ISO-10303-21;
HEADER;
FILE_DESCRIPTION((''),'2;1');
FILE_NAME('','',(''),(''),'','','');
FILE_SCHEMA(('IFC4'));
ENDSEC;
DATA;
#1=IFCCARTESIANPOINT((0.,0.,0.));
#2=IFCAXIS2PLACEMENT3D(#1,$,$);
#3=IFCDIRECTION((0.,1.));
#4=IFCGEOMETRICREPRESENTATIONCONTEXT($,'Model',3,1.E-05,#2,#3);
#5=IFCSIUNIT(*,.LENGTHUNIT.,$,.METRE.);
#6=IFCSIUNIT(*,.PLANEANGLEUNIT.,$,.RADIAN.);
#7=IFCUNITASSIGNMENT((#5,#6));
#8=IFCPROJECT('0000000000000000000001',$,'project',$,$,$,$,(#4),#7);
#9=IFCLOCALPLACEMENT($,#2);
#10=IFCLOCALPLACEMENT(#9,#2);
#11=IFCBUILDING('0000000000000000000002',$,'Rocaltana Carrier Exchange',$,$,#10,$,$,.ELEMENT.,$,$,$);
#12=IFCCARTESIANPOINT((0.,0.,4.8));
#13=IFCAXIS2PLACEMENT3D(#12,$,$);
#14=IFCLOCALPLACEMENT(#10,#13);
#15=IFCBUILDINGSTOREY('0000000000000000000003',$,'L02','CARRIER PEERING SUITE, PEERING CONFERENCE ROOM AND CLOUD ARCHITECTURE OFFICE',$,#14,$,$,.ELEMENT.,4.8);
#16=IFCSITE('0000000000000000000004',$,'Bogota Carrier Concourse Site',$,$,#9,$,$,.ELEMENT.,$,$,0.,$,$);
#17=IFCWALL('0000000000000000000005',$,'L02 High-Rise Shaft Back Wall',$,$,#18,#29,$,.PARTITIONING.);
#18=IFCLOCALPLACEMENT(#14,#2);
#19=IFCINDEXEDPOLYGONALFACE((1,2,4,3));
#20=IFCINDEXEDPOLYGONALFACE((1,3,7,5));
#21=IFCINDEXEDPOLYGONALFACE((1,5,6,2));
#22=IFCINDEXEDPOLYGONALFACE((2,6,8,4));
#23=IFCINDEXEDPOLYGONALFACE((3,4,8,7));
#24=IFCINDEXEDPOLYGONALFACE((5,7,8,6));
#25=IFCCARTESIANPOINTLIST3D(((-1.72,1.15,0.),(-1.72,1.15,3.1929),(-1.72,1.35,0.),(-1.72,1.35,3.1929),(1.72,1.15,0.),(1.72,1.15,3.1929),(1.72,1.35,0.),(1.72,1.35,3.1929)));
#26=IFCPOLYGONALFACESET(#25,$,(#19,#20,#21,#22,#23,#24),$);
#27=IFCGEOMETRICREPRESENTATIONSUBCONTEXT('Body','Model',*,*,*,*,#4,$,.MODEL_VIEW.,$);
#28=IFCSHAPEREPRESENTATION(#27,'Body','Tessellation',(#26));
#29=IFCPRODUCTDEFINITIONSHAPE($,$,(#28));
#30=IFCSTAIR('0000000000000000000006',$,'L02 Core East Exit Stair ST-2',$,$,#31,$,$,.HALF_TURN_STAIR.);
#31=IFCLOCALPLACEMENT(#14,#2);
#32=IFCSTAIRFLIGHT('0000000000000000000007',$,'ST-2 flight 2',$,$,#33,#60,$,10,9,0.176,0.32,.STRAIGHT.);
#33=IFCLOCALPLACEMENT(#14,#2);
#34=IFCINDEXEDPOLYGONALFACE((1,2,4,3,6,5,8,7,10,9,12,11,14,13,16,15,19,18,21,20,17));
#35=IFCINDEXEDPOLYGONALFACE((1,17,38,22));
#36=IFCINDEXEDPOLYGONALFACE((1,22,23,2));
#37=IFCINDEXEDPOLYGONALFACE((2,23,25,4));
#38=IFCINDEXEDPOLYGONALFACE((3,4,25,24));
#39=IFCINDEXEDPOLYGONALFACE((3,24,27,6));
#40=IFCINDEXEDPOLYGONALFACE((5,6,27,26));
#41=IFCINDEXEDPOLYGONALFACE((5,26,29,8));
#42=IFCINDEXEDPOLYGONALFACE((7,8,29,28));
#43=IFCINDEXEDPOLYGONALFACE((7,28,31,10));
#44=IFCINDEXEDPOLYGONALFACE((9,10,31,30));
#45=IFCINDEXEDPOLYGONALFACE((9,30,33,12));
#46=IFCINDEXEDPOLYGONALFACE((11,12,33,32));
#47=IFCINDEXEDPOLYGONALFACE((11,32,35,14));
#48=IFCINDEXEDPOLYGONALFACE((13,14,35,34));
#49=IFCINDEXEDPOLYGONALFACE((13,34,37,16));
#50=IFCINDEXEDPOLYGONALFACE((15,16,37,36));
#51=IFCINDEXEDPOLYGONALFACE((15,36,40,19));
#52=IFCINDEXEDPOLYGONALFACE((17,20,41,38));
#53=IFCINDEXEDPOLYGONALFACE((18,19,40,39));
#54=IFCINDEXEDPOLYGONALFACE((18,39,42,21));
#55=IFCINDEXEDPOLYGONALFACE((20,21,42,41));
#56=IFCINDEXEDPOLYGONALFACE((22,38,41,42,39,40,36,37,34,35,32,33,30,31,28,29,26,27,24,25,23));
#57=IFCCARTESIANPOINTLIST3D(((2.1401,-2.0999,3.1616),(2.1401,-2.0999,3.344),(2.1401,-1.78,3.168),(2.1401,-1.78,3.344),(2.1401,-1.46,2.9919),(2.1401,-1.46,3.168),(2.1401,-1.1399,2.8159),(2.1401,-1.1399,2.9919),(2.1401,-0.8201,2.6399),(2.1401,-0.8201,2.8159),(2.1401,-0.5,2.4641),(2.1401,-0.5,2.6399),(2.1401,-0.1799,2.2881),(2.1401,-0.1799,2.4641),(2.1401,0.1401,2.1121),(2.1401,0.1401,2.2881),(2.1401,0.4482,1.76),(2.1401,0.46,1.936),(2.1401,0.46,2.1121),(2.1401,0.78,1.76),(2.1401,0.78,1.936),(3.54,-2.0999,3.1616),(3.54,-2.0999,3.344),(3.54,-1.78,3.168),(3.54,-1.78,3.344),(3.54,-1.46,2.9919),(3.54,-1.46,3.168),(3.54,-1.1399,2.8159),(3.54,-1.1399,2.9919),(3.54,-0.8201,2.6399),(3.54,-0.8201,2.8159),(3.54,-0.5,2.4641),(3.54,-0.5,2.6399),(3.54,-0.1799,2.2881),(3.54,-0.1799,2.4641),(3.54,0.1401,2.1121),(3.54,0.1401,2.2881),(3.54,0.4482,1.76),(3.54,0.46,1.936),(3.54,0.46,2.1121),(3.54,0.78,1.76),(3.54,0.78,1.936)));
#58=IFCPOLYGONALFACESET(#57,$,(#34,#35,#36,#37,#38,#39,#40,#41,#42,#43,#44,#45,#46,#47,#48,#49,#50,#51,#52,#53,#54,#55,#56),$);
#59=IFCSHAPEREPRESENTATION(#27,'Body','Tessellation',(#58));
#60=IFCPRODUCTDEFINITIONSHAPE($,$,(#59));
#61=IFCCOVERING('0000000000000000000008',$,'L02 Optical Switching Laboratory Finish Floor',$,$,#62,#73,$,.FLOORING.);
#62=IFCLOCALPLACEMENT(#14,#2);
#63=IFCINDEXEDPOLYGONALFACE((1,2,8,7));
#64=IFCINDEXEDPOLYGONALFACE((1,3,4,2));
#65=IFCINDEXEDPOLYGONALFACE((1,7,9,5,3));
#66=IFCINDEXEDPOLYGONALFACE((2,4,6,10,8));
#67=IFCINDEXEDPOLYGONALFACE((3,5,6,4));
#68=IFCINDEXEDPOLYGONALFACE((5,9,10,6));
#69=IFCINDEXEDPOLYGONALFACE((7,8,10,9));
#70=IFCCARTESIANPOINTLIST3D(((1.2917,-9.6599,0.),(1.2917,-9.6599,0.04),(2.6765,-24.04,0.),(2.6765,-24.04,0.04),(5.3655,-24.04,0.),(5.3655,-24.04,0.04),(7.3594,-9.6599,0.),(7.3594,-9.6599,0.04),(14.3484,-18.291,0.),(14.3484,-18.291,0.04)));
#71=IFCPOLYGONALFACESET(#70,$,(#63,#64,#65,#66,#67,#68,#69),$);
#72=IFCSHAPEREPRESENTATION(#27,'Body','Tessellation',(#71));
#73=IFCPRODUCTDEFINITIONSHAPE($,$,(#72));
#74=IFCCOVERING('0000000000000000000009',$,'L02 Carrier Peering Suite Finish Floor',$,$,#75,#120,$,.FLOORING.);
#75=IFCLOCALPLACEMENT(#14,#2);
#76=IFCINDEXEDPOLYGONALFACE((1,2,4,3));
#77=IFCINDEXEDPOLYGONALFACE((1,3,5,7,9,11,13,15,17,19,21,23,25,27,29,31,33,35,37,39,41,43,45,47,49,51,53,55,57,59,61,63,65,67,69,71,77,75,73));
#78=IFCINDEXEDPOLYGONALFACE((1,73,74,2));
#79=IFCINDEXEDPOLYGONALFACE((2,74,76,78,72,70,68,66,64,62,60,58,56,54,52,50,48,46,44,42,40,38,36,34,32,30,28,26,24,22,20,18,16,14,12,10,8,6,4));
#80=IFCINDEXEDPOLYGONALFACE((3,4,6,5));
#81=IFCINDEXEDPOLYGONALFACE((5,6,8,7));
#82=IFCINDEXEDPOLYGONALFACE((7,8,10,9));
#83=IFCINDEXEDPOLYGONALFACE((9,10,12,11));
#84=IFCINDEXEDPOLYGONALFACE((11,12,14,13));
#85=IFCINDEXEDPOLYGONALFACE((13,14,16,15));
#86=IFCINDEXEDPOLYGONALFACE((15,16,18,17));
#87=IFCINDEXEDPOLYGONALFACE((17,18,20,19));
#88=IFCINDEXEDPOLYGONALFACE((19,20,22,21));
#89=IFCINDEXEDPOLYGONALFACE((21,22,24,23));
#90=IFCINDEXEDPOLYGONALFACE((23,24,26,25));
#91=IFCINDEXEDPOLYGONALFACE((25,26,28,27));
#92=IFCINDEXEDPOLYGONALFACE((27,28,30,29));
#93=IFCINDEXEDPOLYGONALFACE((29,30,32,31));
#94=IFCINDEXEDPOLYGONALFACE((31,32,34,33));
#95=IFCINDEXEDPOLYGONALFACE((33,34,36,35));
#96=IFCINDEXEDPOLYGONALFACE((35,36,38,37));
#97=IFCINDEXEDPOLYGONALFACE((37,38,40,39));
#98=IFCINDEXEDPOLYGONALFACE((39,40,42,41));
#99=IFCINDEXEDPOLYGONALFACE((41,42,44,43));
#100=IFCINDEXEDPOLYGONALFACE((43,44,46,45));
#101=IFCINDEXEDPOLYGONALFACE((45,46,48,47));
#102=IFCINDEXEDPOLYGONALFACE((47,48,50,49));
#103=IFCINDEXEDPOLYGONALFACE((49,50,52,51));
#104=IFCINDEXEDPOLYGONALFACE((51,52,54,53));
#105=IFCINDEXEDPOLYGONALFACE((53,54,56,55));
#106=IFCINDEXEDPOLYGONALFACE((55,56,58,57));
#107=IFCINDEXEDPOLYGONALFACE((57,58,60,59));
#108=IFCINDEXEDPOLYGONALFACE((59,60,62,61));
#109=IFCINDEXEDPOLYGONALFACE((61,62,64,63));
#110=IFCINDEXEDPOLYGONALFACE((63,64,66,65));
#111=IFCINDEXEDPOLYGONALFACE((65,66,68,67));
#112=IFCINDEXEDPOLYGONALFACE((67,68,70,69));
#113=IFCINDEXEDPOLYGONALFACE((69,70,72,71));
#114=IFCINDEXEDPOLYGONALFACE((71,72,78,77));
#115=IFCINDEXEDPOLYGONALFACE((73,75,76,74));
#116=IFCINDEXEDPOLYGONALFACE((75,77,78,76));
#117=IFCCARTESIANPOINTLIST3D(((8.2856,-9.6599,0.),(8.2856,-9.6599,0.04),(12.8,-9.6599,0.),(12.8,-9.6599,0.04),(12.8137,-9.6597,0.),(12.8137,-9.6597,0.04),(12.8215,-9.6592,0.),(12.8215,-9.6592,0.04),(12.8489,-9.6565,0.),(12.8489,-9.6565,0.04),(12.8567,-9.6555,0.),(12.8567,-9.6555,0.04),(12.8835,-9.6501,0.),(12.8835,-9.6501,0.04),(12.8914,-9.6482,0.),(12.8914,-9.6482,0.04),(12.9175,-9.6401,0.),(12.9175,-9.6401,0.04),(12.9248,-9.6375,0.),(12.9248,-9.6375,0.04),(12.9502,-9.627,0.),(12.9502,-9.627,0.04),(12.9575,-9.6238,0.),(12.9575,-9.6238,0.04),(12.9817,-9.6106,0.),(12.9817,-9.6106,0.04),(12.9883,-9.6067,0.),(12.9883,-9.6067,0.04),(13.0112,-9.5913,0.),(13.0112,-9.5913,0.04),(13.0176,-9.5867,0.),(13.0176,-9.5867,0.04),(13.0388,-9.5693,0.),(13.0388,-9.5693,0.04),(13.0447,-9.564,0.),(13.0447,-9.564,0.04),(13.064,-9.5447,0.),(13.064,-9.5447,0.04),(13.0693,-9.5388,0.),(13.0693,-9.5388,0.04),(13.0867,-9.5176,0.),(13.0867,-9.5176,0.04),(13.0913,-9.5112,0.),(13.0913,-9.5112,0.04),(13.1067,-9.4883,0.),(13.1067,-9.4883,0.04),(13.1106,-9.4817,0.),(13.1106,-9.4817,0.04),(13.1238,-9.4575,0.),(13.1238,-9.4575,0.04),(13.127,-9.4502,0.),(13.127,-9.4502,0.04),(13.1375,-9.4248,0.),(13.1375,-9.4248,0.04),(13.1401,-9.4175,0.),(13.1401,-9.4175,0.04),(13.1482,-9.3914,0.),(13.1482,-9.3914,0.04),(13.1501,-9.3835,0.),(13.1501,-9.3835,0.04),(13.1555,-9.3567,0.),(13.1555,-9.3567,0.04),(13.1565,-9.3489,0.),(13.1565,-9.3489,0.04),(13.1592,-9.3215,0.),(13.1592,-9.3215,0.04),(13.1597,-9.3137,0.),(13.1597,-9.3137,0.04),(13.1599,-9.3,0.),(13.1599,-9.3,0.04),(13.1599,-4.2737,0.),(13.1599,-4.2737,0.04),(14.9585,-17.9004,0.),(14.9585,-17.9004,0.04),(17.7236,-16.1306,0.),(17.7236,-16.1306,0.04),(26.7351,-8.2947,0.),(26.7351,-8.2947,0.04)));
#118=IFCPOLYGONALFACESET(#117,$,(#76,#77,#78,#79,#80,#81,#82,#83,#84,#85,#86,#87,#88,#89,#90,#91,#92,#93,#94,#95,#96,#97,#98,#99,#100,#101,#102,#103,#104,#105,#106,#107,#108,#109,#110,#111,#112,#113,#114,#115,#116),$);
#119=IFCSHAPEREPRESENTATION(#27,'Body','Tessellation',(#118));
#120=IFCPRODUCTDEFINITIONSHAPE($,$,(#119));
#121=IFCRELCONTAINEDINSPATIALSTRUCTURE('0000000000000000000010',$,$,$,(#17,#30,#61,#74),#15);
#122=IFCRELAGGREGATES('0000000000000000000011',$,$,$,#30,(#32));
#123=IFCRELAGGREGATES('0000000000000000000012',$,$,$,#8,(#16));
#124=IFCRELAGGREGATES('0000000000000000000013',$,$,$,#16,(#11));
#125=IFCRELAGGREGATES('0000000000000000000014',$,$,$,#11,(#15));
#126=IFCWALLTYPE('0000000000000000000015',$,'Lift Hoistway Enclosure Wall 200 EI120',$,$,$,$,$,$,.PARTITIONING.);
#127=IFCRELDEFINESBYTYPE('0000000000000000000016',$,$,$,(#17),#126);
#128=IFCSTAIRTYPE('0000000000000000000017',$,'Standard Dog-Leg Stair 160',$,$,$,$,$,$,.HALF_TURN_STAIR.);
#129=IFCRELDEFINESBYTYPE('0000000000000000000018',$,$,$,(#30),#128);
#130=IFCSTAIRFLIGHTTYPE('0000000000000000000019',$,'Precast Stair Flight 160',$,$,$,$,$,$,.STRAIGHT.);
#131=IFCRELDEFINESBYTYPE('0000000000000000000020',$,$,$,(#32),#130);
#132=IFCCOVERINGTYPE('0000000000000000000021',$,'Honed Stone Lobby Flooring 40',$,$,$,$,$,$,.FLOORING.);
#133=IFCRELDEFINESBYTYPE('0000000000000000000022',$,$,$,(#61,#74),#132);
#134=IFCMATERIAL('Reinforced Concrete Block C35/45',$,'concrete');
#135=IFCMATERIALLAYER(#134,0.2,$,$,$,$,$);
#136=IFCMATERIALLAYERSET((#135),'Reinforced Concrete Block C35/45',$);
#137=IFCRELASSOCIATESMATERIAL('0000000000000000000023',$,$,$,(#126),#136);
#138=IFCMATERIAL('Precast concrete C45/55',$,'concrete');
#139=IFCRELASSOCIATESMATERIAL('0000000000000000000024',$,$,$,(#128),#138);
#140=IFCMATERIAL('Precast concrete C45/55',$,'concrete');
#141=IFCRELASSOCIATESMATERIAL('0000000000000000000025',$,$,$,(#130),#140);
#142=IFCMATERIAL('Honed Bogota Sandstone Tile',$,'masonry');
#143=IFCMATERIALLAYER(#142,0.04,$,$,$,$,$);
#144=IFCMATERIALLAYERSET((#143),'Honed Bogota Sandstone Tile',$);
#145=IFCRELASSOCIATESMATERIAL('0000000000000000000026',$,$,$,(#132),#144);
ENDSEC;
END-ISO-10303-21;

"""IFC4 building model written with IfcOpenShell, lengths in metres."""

from ifc_helpers import new_model, si_unit, direction, frame, frame_2d, origin, place, context, subcontext, project, spatial, polyline, rectangle, outline, extrude, material, layer, layer_set, type_object, element, aggregate, save


model = new_model("IFC4")

# Units and contexts
model_context = context("Model", 3, precision=1e-05, world=origin(), true_north=direction((0.0, 1.0)))
body_context = subcontext(model_context, "Body", "Model", "MODEL_VIEW")
ifc_project = project(units=[si_unit("LENGTHUNIT", "METRE"), si_unit("PLANEANGLEUNIT", "RADIAN")], contexts=[model_context])

# Site, building, storey
site_placement = place(None, origin())
site = spatial("IfcSite", under=ifc_project, at=site_placement, Name="Bogota Carrier Concourse Site", CompositionType="ELEMENT", RefElevation=0.0)
building_placement = place(site_placement, origin())
building = spatial("IfcBuilding", under=site, at=building_placement, Name="Rocaltana Carrier Exchange", CompositionType="ELEMENT")
storey_placement = place(building_placement, frame((0.0, 0.0, 4.8)))
storey = spatial("IfcBuildingStorey", under=building, at=storey_placement, Name="L02", Description="CARRIER PEERING SUITE, PEERING CONFERENCE ROOM AND CLOUD ARCHITECTURE OFFICE", CompositionType="ELEMENT", Elevation=4.8)

# Wall
ifc_material_1 = material(Name="Reinforced Concrete Block C35/45", Category="concrete")
ifc_layer_1 = layer(ifc_material_1, 0.2)
ifc_layer_set_1 = layer_set([ifc_layer_1], Name="Reinforced Concrete Block C35/45")
wall_type = type_object("IfcWallType", Name="Lift Hoistway Enclosure Wall 200 EI120", PredefinedType="PARTITIONING", material=ifc_layer_set_1)
wall_placement = place(storey_placement, frame((-1.72, 1.25, 0.0), z_axis=(0.0, 0.0, 1.0), x_axis=(1.0, 0.0, 0.0)))
element("IfcWall", 1, at=wall_placement, inside=storey, type_object=wall_type, Name="L02 High-Rise Shaft Back Wall", PredefinedType="PARTITIONING", context=body_context, shape_type="SweptSolid", body=[
    extrude(rectangle(XDim=3.4399, YDim=0.2, at=frame_2d((1.72, 0.0))), origin(), (0.0, 0.0, 1.0), 3.1929),
])

# Stair, stair flight
ifc_material_2 = material(Name="Precast concrete C45/55", Category="concrete")
stair_type = type_object("IfcStairType", Name="Standard Dog-Leg Stair 160", PredefinedType="HALF_TURN_STAIR", material=ifc_material_2)
stair_placement = place(storey_placement, origin())
stair = element("IfcStair", 2, at=stair_placement, inside=storey, type_object=stair_type, Name="L02 Core East Exit Stair ST-2", PredefinedType="HALF_TURN_STAIR")
ifc_material_3 = material(Name="Precast concrete C45/55", Category="concrete")
stair_flight_type = type_object("IfcStairFlightType", Name="Precast Stair Flight 160", PredefinedType="STRAIGHT", material=ifc_material_3)
stair_flight_placement = place(storey_placement, frame((2.8401, 0.78, 1.76), z_axis=(0.0, 0.0, 1.0), x_axis=(0.0, -1.0, 0.0)))
stair_flight = element("IfcStairFlight", 3, at=stair_flight_placement, type_object=stair_flight_type, Name="ST-2 flight 2", NumberOfRisers=10, NumberOfTreads=9, PredefinedType="STRAIGHT", RiserHeight=0.176, TreadLength=0.32, context=body_context, shape_type="SweptSolid", body=[
    extrude(outline(polyline([(0.0, 0.0), (0.0, 0.176), (0.3201, 0.176), (0.3201, 0.3521), (0.6399, 0.3521), (0.6399, 0.5281), (0.96, 0.5281), (0.96, 0.7041), (1.28, 0.7041), (1.28, 0.8799), (1.6001, 0.8799), (1.6001, 1.0559), (1.9199, 1.0559), (1.9199, 1.2319), (2.24, 1.2319), (2.24, 1.408), (2.5601, 1.408), (2.5601, 1.584), (2.8799, 1.584), (2.8799, 1.76), (2.8799, 1.4016), (0.3318, 0.0), (0.0, 0.0)])), frame((0.0, 0.7, 0.0), z_axis=(0.0, -1.0, 0.0), x_axis=(1.0, 0.0, 0.0)), (0.0, 0.0, 1.0), 1.3999),
])
aggregate(stair, [stair_flight])

# Coverings
ifc_material_4 = material(Name="Honed Bogota Sandstone Tile", Category="masonry")
ifc_layer_2 = layer(ifc_material_4, 0.04)
ifc_layer_set_2 = layer_set([ifc_layer_2], Name="Honed Bogota Sandstone Tile")
covering_type_1 = type_object("IfcCoveringType", Name="Honed Stone Lobby Flooring 40", PredefinedType="FLOORING", material=ifc_layer_set_2)
covering_1_placement = place(storey_placement, origin())
element("IfcCovering", 4, at=covering_1_placement, inside=storey, type_object=covering_type_1, Name="L02 Optical Switching Laboratory Finish Floor", PredefinedType="FLOORING", context=body_context, shape_type="SweptSolid", body=[
    extrude(outline(polyline([(5.3655, -24.04), (2.6765, -24.04), (1.2917, -9.6599), (7.3594, -9.6599), (14.3484, -18.291), (5.3655, -24.04)])), origin(), (0.0, 0.0, 1.0), 0.04),
])
covering_2_placement = place(storey_placement, origin())
element("IfcCovering", 5, at=covering_2_placement, inside=storey, type_object=covering_type_1, Name="L02 Carrier Peering Suite Finish Floor", PredefinedType="FLOORING", context=body_context, shape_type="SweptSolid", body=[
    extrude(outline(polyline([(17.7236, -16.1306), (14.9585, -17.9004), (8.2856, -9.6599), (12.8, -9.6599), (12.8137, -9.6597), (12.8215, -9.6592), (12.8489, -9.6565), (12.8567, -9.6555), (12.8835, -9.6501), (12.8914, -9.6482), (12.9175, -9.6401), (12.9248, -9.6375), (12.9502, -9.627), (12.9575, -9.6238), (12.9817, -9.6106), (12.9883, -9.6067), (13.0112, -9.5913), (13.0176, -9.5867), (13.0388, -9.5693), (13.0447, -9.564), (13.064, -9.5447), (13.0693, -9.5388), (13.0867, -9.5176), (13.0913, -9.5112), (13.1067, -9.4883), (13.1106, -9.4817), (13.1238, -9.4575), (13.127, -9.4502), (13.1375, -9.4248), (13.1401, -9.4175), (13.1482, -9.3914), (13.1501, -9.3835), (13.1555, -9.3567), (13.1565, -9.3489), (13.1592, -9.3215), (13.1597, -9.3137), (13.1599, -9.3), (13.1599, -4.2737), (26.7351, -8.2947), (17.7236, -16.1306)])), origin(), (0.0, 0.0, 1.0), 0.04),
])

save(model, "model.ifc")
